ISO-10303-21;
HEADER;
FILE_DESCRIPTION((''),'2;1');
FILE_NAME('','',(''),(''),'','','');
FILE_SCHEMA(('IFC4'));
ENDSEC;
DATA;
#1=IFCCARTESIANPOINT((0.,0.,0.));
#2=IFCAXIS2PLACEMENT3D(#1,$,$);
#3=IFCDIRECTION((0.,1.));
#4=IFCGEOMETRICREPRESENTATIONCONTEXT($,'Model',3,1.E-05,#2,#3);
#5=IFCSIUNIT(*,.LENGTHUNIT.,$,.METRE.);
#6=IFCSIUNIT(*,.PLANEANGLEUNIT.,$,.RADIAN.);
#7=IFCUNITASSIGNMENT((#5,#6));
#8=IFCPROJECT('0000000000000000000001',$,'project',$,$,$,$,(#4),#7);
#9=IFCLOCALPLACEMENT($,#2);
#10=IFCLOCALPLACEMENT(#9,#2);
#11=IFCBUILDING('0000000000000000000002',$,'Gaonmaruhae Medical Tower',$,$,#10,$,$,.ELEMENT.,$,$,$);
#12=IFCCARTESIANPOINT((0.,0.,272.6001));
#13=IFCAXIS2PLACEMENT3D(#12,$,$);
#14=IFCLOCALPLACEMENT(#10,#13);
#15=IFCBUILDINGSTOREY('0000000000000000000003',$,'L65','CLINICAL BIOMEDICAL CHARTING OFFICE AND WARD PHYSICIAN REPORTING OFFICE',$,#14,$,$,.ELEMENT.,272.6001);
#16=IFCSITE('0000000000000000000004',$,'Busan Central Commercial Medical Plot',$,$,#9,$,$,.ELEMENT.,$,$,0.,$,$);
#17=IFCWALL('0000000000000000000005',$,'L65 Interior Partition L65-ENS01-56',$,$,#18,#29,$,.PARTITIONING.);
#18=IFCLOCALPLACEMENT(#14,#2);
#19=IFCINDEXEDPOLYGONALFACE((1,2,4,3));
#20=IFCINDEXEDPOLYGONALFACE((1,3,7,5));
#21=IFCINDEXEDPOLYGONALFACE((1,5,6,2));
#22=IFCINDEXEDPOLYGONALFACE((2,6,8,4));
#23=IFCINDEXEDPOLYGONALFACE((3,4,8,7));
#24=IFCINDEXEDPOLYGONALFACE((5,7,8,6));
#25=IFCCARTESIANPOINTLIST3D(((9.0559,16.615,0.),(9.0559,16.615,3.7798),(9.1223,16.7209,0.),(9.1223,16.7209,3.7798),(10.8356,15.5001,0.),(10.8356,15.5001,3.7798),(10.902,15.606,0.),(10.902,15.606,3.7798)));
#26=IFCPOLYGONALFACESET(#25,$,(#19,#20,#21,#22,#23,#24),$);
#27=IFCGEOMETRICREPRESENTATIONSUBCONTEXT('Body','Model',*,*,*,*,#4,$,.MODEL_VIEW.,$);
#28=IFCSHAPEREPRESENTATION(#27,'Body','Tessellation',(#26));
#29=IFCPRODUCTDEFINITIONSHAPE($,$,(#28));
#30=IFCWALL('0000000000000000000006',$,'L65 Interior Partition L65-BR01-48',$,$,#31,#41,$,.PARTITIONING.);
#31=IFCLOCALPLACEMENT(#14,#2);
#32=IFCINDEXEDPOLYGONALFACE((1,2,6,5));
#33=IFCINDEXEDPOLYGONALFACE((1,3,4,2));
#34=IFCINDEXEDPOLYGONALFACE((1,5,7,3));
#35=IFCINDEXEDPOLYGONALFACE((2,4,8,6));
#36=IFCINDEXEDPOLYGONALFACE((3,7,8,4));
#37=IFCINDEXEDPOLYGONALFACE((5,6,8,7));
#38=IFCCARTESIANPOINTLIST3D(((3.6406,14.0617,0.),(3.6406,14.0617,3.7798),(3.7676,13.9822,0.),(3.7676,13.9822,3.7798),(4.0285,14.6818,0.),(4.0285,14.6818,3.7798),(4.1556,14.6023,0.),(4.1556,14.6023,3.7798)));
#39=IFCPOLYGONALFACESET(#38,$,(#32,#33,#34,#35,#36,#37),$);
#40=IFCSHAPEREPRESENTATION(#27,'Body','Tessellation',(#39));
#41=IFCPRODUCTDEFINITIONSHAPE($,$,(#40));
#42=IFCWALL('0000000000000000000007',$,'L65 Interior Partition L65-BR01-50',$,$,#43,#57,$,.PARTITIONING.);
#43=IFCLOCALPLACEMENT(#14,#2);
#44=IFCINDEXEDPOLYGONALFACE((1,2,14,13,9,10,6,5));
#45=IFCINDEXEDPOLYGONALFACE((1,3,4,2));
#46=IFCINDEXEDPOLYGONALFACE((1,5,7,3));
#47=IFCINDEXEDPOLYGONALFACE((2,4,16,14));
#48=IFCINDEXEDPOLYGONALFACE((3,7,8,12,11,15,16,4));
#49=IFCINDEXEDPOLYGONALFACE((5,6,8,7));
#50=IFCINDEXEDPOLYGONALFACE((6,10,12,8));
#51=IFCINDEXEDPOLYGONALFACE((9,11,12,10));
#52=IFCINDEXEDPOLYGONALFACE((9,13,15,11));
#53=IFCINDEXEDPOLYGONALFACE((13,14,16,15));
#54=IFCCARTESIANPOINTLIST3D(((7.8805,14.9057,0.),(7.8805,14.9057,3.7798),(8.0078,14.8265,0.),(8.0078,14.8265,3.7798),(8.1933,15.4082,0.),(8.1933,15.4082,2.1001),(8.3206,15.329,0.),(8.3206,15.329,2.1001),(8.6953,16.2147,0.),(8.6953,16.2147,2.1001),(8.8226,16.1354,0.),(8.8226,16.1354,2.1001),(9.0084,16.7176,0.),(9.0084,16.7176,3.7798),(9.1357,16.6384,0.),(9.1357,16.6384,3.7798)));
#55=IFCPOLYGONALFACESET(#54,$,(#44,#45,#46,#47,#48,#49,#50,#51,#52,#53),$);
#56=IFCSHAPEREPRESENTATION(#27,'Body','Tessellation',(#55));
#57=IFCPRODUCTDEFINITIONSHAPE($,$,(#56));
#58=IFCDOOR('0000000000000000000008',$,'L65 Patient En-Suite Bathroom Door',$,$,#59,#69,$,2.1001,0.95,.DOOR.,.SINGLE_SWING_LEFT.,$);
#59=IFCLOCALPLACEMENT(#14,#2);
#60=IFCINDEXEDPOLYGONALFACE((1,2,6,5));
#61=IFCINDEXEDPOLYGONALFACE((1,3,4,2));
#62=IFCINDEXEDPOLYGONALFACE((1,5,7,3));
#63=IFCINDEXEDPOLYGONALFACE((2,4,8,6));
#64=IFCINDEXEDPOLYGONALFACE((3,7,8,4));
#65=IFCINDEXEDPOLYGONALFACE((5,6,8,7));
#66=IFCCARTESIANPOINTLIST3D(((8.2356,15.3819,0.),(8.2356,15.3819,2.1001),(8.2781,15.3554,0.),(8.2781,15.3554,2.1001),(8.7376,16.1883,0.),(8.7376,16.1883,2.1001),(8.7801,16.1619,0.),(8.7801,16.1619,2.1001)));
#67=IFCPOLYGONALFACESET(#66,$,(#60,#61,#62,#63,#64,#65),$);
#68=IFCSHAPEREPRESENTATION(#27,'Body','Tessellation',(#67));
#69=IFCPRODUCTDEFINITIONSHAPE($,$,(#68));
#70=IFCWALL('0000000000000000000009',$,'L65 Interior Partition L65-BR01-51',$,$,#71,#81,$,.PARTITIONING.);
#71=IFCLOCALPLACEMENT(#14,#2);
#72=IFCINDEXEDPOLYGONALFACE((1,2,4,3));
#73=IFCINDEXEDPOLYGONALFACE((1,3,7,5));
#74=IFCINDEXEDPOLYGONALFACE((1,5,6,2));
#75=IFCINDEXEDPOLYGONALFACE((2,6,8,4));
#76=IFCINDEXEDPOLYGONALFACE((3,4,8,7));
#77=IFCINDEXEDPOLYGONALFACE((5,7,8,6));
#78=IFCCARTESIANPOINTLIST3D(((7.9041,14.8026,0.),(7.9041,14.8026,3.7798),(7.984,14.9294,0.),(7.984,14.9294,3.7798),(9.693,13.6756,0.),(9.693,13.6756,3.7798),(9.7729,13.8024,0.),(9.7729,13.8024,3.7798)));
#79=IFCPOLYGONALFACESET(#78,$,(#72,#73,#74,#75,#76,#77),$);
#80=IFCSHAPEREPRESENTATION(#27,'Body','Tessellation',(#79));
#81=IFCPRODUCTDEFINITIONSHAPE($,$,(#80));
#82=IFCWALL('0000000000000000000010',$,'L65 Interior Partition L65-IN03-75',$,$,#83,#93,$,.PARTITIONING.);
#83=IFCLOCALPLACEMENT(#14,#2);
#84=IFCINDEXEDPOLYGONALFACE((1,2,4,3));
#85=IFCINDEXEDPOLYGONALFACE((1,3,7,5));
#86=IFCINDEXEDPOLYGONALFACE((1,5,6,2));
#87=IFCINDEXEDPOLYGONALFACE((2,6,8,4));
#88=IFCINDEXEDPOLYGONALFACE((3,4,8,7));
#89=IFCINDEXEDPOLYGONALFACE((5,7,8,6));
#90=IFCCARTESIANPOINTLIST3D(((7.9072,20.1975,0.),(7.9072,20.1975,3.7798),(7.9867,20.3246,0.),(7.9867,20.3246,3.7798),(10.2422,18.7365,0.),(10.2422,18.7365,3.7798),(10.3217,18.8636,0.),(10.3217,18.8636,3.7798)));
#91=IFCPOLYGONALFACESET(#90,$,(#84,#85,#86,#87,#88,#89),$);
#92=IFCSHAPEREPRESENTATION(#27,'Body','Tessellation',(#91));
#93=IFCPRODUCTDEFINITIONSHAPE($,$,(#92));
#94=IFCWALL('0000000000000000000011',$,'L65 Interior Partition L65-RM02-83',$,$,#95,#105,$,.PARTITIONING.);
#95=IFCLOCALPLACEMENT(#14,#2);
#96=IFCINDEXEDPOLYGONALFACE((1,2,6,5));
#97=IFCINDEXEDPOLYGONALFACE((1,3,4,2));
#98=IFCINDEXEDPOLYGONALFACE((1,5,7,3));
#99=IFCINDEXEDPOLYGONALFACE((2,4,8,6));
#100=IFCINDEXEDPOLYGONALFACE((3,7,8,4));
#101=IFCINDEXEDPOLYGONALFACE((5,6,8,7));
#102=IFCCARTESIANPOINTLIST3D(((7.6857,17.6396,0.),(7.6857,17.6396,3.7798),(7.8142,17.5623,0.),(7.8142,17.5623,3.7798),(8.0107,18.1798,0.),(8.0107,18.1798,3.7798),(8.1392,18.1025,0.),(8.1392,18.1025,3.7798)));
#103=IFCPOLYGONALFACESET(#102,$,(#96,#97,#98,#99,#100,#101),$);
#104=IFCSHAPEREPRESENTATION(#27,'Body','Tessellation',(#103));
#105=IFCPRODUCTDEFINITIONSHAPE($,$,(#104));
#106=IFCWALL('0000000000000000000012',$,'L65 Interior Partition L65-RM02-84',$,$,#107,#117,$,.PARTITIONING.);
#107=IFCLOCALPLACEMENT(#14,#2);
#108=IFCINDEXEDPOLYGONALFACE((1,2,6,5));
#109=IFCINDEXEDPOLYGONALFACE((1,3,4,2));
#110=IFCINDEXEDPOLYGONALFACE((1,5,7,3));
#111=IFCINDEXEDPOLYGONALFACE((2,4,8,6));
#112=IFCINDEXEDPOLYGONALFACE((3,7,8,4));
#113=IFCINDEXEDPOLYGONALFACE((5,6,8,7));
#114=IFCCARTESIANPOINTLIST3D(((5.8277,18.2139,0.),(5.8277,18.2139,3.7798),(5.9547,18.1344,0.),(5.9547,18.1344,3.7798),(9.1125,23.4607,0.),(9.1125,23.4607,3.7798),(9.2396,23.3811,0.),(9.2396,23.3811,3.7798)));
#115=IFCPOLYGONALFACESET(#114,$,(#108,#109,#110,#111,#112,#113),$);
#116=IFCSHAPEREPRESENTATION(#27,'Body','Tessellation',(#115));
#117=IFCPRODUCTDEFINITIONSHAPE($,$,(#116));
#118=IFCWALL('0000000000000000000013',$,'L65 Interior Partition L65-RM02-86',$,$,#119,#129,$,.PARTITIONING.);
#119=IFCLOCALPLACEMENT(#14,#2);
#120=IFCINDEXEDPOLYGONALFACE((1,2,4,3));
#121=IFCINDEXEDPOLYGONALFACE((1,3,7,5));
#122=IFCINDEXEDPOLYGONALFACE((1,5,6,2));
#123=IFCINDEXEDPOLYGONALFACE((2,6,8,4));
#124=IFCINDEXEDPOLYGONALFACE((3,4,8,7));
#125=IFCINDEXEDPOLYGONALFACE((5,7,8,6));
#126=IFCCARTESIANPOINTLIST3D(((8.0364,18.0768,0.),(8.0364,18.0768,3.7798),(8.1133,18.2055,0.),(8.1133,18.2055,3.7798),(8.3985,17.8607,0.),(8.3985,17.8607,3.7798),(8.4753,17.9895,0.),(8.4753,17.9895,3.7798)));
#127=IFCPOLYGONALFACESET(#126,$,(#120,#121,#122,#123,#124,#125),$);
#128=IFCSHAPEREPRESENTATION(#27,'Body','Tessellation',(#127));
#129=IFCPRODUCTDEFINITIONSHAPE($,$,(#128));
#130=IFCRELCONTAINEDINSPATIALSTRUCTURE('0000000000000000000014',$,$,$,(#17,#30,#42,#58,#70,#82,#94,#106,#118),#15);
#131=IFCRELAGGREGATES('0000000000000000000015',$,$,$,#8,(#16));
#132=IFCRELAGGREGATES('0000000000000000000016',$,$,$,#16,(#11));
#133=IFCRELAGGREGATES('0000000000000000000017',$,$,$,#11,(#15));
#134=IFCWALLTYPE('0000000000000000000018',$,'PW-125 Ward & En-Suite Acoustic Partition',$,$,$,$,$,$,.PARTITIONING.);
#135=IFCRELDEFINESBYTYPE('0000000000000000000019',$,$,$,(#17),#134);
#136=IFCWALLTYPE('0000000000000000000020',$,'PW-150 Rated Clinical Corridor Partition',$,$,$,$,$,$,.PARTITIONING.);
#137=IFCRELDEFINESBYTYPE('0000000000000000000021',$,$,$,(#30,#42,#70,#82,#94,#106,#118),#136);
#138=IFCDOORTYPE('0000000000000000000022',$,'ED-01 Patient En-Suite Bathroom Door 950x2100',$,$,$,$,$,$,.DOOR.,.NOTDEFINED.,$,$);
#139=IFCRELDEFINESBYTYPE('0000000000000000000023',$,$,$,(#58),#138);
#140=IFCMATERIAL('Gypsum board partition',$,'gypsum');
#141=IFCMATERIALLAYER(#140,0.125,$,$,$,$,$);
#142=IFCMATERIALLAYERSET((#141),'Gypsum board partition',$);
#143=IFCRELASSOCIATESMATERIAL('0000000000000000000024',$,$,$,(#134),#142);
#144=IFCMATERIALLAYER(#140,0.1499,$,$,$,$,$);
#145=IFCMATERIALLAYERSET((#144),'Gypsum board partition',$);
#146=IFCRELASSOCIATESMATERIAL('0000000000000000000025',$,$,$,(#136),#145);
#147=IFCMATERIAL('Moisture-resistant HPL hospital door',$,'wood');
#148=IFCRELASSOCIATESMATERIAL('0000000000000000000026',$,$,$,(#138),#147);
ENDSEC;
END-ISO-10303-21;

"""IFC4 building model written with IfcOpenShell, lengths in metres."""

from ifc_helpers import new_model, si_unit, direction, frame, frame_2d, origin, place, context, subcontext, project, spatial, rectangle, extrude, material, layer, layer_set, type_object, element, fill, save


model = new_model("IFC4")

# Units and contexts
model_context = context("Model", 3, precision=1e-05, world=origin(), true_north=direction((0.0, 1.0)))
body_context = subcontext(model_context, "Body", "Model", "MODEL_VIEW")
ifc_project = project(units=[si_unit("LENGTHUNIT", "METRE"), si_unit("PLANEANGLEUNIT", "RADIAN")], contexts=[model_context])

# Site, building, storey
site_placement = place(None, origin())
site = spatial("IfcSite", under=ifc_project, at=site_placement, Name="Busan Central Commercial Medical Plot", CompositionType="ELEMENT", RefElevation=0.0)
building_placement = place(site_placement, origin())
building = spatial("IfcBuilding", under=site, at=building_placement, Name="Gaonmaruhae Medical Tower", CompositionType="ELEMENT")
storey_placement = place(building_placement, frame((0.0, 0.0, 272.6001)))
storey = spatial("IfcBuildingStorey", under=building, at=storey_placement, Name="L65", Description="CLINICAL BIOMEDICAL CHARTING OFFICE AND WARD PHYSICIAN REPORTING OFFICE", CompositionType="ELEMENT", Elevation=272.6001)

# Wall
ifc_material_1 = material(Name="Gypsum board partition", Category="gypsum")
ifc_layer_1 = layer(ifc_material_1, 0.125)
ifc_layer_set_1 = layer_set([ifc_layer_1], Name="Gypsum board partition")
wall_type_1 = type_object("IfcWallType", Name="PW-125 Ward & En-Suite Acoustic Partition", PredefinedType="PARTITIONING", material=ifc_layer_set_1)
wall_1_placement = place(storey_placement, frame((9.0891, 16.668, 0.0), z_axis=(0.0, 0.0, 1.0), x_axis=(0.847436, -0.530897, 0.0)))
element("IfcWall", 1, at=wall_1_placement, inside=storey, type_object=wall_type_1, Name="L65 Interior Partition L65-ENS01-56", PredefinedType="PARTITIONING", context=body_context, shape_type="SweptSolid", body=[
    extrude(rectangle(XDim=2.1001, YDim=0.125, at=frame_2d((1.05, 0.0))), origin(), (0.0, 0.0, 1.0), 3.7798),
])

# Shared definitions
ifc_layer_2 = layer(ifc_material_1, 0.1499)
ifc_layer_set_2 = layer_set([ifc_layer_2], Name="Gypsum board partition")
wall_type_2 = type_object("IfcWallType", Name="PW-150 Rated Clinical Corridor Partition", PredefinedType="PARTITIONING", material=ifc_layer_set_2)

# Wall
wall_2_placement = place(storey_placement, frame((3.7041, 14.022, 0.0), z_axis=(0.0, 0.0, 1.0), x_axis=(0.530359, 0.847773, 0.0)))
element("IfcWall", 2, at=wall_2_placement, inside=storey, type_object=wall_type_2, Name="L65 Interior Partition L65-BR01-48", PredefinedType="PARTITIONING", context=body_context, shape_type="SweptSolid", body=[
    extrude(rectangle(XDim=0.7314, YDim=0.1499, at=frame_2d((0.3657, 0.0))), origin(), (0.0, 0.0, 1.0), 3.7798),
])

# Wall, opening, door
wall_3_placement = place(storey_placement, frame((9.072, 16.678, 0.0), z_axis=(0.0, 0.0, 1.0), x_axis=(-0.528456, -0.848961, 0.0)))
wall_3 = element("IfcWall", 3, at=wall_3_placement, inside=storey, type_object=wall_type_2, Name="L65 Interior Partition L65-BR01-50", PredefinedType="PARTITIONING", context=body_context, shape_type="SweptSolid", body=[
    extrude(rectangle(XDim=2.1343, YDim=0.1499, at=frame_2d((1.0671, 0.0))), origin(), (0.0, 0.0, 1.0), 3.7798),
])
opening_1_placement = place(wall_3_placement, frame((0.5923, 0.0, 0.0)))
opening_1 = element("IfcOpeningElement", 4, at=opening_1_placement, cuts=wall_3, PredefinedType="OPENING", context=body_context, shape_type="SweptSolid", body=[
    extrude(rectangle(XDim=0.95, YDim=2.1001, at=frame_2d((0.4751, 1.05))), frame((0.0, 0.085, 0.0), z_axis=(0.0, -1.0, 0.0), x_axis=(1.0, 0.0, 0.0)), (0.0, 0.0, 1.0), 0.1699),
])
ifc_material_2 = material(Name="Moisture-resistant HPL hospital door", Category="wood")
door_type_1 = type_object("IfcDoorType", Name="ED-01 Patient En-Suite Bathroom Door 950x2100", OperationType="NOTDEFINED", PredefinedType="DOOR", material=ifc_material_2)
door_1_placement = place(opening_1_placement, origin())
door_1 = element("IfcDoor", 5, at=door_1_placement, inside=storey, type_object=door_type_1, Name="L65 Patient En-Suite Bathroom Door", OperationType="SINGLE_SWING_LEFT", OverallHeight=2.1001, OverallWidth=0.95, PredefinedType="DOOR", context=body_context, shape_type="SweptSolid", body=[
    extrude(rectangle(XDim=0.95, YDim=2.1001, at=frame_2d((0.4751, 1.05))), frame((0.0, 0.0249, 0.0), z_axis=(0.0, -1.0, 0.0), x_axis=(1.0, 0.0, 0.0)), (0.0, 0.0, 1.0), 0.05),
])
fill(opening_1, door_1)

# Walls
wall_4_placement = place(storey_placement, frame((7.9441, 14.866, 0.0), z_axis=(0.0, 0.0, 1.0), x_axis=(0.846092, -0.533037, 0.0)))
element("IfcWall", 6, at=wall_4_placement, inside=storey, type_object=wall_type_2, Name="L65 Interior Partition L65-BR01-51", PredefinedType="PARTITIONING", context=body_context, shape_type="SweptSolid", body=[
    extrude(rectangle(XDim=2.1143, YDim=0.1499, at=frame_2d((1.0571, 0.0))), origin(), (0.0, 0.0, 1.0), 3.7798),
])
wall_5_placement = place(storey_placement, frame((10.282, 18.8, 0.0), z_axis=(0.0, 0.0, 1.0), x_axis=(-0.847739, 0.530413, 0.0)))
element("IfcWall", 7, at=wall_5_placement, inside=storey, type_object=wall_type_2, Name="L65 Interior Partition L65-IN03-75", PredefinedType="PARTITIONING", context=body_context, shape_type="SweptSolid", body=[
    extrude(rectangle(XDim=2.7544, YDim=0.1499, at=frame_2d((1.3772, 0.0))), origin(), (0.0, 0.0, 1.0), 3.7798),
])
wall_6_placement = place(storey_placement, frame((8.075, 18.1411, 0.0), z_axis=(0.0, 0.0, 1.0), x_axis=(-0.515578, -0.856843, 0.0)))
element("IfcWall", 8, at=wall_6_placement, inside=storey, type_object=wall_type_2, Name="L65 Interior Partition L65-RM02-83", PredefinedType="PARTITIONING", context=body_context, shape_type="SweptSolid", body=[
    extrude(rectangle(XDim=0.6304, YDim=0.1499, at=frame_2d((0.3152, 0.0))), origin(), (0.0, 0.0, 1.0), 3.7798),
])
wall_7_placement = place(storey_placement, frame((5.8911, 18.1741, 0.0), z_axis=(0.0, 0.0, 1.0), x_axis=(0.530655, 0.847588, 0.0)))
element("IfcWall", 9, at=wall_7_placement, inside=storey, type_object=wall_type_2, Name="L65 Interior Partition L65-RM02-84", PredefinedType="PARTITIONING", context=body_context, shape_type="SweptSolid", body=[
    extrude(rectangle(XDim=6.1902, YDim=0.1499, at=frame_2d((3.0952, 0.0))), origin(), (0.0, 0.0, 1.0), 3.7798),
])

# Wall
wall_8_placement = place(storey_placement, frame((8.437, 17.925, 0.0), z_axis=(0.0, 0.0, 1.0), x_axis=(-0.858717, 0.512451, 0.0)))
element("IfcWall", 10, at=wall_8_placement, inside=storey, type_object=wall_type_2, Name="L65 Interior Partition L65-RM02-86", PredefinedType="PARTITIONING", context=body_context, shape_type="SweptSolid", body=[
    extrude(rectangle(XDim=0.4216, YDim=0.1499, at=frame_2d((0.2109, 0.0))), origin(), (0.0, 0.0, 1.0), 3.7798),
])

save(model, "model.ifc")
